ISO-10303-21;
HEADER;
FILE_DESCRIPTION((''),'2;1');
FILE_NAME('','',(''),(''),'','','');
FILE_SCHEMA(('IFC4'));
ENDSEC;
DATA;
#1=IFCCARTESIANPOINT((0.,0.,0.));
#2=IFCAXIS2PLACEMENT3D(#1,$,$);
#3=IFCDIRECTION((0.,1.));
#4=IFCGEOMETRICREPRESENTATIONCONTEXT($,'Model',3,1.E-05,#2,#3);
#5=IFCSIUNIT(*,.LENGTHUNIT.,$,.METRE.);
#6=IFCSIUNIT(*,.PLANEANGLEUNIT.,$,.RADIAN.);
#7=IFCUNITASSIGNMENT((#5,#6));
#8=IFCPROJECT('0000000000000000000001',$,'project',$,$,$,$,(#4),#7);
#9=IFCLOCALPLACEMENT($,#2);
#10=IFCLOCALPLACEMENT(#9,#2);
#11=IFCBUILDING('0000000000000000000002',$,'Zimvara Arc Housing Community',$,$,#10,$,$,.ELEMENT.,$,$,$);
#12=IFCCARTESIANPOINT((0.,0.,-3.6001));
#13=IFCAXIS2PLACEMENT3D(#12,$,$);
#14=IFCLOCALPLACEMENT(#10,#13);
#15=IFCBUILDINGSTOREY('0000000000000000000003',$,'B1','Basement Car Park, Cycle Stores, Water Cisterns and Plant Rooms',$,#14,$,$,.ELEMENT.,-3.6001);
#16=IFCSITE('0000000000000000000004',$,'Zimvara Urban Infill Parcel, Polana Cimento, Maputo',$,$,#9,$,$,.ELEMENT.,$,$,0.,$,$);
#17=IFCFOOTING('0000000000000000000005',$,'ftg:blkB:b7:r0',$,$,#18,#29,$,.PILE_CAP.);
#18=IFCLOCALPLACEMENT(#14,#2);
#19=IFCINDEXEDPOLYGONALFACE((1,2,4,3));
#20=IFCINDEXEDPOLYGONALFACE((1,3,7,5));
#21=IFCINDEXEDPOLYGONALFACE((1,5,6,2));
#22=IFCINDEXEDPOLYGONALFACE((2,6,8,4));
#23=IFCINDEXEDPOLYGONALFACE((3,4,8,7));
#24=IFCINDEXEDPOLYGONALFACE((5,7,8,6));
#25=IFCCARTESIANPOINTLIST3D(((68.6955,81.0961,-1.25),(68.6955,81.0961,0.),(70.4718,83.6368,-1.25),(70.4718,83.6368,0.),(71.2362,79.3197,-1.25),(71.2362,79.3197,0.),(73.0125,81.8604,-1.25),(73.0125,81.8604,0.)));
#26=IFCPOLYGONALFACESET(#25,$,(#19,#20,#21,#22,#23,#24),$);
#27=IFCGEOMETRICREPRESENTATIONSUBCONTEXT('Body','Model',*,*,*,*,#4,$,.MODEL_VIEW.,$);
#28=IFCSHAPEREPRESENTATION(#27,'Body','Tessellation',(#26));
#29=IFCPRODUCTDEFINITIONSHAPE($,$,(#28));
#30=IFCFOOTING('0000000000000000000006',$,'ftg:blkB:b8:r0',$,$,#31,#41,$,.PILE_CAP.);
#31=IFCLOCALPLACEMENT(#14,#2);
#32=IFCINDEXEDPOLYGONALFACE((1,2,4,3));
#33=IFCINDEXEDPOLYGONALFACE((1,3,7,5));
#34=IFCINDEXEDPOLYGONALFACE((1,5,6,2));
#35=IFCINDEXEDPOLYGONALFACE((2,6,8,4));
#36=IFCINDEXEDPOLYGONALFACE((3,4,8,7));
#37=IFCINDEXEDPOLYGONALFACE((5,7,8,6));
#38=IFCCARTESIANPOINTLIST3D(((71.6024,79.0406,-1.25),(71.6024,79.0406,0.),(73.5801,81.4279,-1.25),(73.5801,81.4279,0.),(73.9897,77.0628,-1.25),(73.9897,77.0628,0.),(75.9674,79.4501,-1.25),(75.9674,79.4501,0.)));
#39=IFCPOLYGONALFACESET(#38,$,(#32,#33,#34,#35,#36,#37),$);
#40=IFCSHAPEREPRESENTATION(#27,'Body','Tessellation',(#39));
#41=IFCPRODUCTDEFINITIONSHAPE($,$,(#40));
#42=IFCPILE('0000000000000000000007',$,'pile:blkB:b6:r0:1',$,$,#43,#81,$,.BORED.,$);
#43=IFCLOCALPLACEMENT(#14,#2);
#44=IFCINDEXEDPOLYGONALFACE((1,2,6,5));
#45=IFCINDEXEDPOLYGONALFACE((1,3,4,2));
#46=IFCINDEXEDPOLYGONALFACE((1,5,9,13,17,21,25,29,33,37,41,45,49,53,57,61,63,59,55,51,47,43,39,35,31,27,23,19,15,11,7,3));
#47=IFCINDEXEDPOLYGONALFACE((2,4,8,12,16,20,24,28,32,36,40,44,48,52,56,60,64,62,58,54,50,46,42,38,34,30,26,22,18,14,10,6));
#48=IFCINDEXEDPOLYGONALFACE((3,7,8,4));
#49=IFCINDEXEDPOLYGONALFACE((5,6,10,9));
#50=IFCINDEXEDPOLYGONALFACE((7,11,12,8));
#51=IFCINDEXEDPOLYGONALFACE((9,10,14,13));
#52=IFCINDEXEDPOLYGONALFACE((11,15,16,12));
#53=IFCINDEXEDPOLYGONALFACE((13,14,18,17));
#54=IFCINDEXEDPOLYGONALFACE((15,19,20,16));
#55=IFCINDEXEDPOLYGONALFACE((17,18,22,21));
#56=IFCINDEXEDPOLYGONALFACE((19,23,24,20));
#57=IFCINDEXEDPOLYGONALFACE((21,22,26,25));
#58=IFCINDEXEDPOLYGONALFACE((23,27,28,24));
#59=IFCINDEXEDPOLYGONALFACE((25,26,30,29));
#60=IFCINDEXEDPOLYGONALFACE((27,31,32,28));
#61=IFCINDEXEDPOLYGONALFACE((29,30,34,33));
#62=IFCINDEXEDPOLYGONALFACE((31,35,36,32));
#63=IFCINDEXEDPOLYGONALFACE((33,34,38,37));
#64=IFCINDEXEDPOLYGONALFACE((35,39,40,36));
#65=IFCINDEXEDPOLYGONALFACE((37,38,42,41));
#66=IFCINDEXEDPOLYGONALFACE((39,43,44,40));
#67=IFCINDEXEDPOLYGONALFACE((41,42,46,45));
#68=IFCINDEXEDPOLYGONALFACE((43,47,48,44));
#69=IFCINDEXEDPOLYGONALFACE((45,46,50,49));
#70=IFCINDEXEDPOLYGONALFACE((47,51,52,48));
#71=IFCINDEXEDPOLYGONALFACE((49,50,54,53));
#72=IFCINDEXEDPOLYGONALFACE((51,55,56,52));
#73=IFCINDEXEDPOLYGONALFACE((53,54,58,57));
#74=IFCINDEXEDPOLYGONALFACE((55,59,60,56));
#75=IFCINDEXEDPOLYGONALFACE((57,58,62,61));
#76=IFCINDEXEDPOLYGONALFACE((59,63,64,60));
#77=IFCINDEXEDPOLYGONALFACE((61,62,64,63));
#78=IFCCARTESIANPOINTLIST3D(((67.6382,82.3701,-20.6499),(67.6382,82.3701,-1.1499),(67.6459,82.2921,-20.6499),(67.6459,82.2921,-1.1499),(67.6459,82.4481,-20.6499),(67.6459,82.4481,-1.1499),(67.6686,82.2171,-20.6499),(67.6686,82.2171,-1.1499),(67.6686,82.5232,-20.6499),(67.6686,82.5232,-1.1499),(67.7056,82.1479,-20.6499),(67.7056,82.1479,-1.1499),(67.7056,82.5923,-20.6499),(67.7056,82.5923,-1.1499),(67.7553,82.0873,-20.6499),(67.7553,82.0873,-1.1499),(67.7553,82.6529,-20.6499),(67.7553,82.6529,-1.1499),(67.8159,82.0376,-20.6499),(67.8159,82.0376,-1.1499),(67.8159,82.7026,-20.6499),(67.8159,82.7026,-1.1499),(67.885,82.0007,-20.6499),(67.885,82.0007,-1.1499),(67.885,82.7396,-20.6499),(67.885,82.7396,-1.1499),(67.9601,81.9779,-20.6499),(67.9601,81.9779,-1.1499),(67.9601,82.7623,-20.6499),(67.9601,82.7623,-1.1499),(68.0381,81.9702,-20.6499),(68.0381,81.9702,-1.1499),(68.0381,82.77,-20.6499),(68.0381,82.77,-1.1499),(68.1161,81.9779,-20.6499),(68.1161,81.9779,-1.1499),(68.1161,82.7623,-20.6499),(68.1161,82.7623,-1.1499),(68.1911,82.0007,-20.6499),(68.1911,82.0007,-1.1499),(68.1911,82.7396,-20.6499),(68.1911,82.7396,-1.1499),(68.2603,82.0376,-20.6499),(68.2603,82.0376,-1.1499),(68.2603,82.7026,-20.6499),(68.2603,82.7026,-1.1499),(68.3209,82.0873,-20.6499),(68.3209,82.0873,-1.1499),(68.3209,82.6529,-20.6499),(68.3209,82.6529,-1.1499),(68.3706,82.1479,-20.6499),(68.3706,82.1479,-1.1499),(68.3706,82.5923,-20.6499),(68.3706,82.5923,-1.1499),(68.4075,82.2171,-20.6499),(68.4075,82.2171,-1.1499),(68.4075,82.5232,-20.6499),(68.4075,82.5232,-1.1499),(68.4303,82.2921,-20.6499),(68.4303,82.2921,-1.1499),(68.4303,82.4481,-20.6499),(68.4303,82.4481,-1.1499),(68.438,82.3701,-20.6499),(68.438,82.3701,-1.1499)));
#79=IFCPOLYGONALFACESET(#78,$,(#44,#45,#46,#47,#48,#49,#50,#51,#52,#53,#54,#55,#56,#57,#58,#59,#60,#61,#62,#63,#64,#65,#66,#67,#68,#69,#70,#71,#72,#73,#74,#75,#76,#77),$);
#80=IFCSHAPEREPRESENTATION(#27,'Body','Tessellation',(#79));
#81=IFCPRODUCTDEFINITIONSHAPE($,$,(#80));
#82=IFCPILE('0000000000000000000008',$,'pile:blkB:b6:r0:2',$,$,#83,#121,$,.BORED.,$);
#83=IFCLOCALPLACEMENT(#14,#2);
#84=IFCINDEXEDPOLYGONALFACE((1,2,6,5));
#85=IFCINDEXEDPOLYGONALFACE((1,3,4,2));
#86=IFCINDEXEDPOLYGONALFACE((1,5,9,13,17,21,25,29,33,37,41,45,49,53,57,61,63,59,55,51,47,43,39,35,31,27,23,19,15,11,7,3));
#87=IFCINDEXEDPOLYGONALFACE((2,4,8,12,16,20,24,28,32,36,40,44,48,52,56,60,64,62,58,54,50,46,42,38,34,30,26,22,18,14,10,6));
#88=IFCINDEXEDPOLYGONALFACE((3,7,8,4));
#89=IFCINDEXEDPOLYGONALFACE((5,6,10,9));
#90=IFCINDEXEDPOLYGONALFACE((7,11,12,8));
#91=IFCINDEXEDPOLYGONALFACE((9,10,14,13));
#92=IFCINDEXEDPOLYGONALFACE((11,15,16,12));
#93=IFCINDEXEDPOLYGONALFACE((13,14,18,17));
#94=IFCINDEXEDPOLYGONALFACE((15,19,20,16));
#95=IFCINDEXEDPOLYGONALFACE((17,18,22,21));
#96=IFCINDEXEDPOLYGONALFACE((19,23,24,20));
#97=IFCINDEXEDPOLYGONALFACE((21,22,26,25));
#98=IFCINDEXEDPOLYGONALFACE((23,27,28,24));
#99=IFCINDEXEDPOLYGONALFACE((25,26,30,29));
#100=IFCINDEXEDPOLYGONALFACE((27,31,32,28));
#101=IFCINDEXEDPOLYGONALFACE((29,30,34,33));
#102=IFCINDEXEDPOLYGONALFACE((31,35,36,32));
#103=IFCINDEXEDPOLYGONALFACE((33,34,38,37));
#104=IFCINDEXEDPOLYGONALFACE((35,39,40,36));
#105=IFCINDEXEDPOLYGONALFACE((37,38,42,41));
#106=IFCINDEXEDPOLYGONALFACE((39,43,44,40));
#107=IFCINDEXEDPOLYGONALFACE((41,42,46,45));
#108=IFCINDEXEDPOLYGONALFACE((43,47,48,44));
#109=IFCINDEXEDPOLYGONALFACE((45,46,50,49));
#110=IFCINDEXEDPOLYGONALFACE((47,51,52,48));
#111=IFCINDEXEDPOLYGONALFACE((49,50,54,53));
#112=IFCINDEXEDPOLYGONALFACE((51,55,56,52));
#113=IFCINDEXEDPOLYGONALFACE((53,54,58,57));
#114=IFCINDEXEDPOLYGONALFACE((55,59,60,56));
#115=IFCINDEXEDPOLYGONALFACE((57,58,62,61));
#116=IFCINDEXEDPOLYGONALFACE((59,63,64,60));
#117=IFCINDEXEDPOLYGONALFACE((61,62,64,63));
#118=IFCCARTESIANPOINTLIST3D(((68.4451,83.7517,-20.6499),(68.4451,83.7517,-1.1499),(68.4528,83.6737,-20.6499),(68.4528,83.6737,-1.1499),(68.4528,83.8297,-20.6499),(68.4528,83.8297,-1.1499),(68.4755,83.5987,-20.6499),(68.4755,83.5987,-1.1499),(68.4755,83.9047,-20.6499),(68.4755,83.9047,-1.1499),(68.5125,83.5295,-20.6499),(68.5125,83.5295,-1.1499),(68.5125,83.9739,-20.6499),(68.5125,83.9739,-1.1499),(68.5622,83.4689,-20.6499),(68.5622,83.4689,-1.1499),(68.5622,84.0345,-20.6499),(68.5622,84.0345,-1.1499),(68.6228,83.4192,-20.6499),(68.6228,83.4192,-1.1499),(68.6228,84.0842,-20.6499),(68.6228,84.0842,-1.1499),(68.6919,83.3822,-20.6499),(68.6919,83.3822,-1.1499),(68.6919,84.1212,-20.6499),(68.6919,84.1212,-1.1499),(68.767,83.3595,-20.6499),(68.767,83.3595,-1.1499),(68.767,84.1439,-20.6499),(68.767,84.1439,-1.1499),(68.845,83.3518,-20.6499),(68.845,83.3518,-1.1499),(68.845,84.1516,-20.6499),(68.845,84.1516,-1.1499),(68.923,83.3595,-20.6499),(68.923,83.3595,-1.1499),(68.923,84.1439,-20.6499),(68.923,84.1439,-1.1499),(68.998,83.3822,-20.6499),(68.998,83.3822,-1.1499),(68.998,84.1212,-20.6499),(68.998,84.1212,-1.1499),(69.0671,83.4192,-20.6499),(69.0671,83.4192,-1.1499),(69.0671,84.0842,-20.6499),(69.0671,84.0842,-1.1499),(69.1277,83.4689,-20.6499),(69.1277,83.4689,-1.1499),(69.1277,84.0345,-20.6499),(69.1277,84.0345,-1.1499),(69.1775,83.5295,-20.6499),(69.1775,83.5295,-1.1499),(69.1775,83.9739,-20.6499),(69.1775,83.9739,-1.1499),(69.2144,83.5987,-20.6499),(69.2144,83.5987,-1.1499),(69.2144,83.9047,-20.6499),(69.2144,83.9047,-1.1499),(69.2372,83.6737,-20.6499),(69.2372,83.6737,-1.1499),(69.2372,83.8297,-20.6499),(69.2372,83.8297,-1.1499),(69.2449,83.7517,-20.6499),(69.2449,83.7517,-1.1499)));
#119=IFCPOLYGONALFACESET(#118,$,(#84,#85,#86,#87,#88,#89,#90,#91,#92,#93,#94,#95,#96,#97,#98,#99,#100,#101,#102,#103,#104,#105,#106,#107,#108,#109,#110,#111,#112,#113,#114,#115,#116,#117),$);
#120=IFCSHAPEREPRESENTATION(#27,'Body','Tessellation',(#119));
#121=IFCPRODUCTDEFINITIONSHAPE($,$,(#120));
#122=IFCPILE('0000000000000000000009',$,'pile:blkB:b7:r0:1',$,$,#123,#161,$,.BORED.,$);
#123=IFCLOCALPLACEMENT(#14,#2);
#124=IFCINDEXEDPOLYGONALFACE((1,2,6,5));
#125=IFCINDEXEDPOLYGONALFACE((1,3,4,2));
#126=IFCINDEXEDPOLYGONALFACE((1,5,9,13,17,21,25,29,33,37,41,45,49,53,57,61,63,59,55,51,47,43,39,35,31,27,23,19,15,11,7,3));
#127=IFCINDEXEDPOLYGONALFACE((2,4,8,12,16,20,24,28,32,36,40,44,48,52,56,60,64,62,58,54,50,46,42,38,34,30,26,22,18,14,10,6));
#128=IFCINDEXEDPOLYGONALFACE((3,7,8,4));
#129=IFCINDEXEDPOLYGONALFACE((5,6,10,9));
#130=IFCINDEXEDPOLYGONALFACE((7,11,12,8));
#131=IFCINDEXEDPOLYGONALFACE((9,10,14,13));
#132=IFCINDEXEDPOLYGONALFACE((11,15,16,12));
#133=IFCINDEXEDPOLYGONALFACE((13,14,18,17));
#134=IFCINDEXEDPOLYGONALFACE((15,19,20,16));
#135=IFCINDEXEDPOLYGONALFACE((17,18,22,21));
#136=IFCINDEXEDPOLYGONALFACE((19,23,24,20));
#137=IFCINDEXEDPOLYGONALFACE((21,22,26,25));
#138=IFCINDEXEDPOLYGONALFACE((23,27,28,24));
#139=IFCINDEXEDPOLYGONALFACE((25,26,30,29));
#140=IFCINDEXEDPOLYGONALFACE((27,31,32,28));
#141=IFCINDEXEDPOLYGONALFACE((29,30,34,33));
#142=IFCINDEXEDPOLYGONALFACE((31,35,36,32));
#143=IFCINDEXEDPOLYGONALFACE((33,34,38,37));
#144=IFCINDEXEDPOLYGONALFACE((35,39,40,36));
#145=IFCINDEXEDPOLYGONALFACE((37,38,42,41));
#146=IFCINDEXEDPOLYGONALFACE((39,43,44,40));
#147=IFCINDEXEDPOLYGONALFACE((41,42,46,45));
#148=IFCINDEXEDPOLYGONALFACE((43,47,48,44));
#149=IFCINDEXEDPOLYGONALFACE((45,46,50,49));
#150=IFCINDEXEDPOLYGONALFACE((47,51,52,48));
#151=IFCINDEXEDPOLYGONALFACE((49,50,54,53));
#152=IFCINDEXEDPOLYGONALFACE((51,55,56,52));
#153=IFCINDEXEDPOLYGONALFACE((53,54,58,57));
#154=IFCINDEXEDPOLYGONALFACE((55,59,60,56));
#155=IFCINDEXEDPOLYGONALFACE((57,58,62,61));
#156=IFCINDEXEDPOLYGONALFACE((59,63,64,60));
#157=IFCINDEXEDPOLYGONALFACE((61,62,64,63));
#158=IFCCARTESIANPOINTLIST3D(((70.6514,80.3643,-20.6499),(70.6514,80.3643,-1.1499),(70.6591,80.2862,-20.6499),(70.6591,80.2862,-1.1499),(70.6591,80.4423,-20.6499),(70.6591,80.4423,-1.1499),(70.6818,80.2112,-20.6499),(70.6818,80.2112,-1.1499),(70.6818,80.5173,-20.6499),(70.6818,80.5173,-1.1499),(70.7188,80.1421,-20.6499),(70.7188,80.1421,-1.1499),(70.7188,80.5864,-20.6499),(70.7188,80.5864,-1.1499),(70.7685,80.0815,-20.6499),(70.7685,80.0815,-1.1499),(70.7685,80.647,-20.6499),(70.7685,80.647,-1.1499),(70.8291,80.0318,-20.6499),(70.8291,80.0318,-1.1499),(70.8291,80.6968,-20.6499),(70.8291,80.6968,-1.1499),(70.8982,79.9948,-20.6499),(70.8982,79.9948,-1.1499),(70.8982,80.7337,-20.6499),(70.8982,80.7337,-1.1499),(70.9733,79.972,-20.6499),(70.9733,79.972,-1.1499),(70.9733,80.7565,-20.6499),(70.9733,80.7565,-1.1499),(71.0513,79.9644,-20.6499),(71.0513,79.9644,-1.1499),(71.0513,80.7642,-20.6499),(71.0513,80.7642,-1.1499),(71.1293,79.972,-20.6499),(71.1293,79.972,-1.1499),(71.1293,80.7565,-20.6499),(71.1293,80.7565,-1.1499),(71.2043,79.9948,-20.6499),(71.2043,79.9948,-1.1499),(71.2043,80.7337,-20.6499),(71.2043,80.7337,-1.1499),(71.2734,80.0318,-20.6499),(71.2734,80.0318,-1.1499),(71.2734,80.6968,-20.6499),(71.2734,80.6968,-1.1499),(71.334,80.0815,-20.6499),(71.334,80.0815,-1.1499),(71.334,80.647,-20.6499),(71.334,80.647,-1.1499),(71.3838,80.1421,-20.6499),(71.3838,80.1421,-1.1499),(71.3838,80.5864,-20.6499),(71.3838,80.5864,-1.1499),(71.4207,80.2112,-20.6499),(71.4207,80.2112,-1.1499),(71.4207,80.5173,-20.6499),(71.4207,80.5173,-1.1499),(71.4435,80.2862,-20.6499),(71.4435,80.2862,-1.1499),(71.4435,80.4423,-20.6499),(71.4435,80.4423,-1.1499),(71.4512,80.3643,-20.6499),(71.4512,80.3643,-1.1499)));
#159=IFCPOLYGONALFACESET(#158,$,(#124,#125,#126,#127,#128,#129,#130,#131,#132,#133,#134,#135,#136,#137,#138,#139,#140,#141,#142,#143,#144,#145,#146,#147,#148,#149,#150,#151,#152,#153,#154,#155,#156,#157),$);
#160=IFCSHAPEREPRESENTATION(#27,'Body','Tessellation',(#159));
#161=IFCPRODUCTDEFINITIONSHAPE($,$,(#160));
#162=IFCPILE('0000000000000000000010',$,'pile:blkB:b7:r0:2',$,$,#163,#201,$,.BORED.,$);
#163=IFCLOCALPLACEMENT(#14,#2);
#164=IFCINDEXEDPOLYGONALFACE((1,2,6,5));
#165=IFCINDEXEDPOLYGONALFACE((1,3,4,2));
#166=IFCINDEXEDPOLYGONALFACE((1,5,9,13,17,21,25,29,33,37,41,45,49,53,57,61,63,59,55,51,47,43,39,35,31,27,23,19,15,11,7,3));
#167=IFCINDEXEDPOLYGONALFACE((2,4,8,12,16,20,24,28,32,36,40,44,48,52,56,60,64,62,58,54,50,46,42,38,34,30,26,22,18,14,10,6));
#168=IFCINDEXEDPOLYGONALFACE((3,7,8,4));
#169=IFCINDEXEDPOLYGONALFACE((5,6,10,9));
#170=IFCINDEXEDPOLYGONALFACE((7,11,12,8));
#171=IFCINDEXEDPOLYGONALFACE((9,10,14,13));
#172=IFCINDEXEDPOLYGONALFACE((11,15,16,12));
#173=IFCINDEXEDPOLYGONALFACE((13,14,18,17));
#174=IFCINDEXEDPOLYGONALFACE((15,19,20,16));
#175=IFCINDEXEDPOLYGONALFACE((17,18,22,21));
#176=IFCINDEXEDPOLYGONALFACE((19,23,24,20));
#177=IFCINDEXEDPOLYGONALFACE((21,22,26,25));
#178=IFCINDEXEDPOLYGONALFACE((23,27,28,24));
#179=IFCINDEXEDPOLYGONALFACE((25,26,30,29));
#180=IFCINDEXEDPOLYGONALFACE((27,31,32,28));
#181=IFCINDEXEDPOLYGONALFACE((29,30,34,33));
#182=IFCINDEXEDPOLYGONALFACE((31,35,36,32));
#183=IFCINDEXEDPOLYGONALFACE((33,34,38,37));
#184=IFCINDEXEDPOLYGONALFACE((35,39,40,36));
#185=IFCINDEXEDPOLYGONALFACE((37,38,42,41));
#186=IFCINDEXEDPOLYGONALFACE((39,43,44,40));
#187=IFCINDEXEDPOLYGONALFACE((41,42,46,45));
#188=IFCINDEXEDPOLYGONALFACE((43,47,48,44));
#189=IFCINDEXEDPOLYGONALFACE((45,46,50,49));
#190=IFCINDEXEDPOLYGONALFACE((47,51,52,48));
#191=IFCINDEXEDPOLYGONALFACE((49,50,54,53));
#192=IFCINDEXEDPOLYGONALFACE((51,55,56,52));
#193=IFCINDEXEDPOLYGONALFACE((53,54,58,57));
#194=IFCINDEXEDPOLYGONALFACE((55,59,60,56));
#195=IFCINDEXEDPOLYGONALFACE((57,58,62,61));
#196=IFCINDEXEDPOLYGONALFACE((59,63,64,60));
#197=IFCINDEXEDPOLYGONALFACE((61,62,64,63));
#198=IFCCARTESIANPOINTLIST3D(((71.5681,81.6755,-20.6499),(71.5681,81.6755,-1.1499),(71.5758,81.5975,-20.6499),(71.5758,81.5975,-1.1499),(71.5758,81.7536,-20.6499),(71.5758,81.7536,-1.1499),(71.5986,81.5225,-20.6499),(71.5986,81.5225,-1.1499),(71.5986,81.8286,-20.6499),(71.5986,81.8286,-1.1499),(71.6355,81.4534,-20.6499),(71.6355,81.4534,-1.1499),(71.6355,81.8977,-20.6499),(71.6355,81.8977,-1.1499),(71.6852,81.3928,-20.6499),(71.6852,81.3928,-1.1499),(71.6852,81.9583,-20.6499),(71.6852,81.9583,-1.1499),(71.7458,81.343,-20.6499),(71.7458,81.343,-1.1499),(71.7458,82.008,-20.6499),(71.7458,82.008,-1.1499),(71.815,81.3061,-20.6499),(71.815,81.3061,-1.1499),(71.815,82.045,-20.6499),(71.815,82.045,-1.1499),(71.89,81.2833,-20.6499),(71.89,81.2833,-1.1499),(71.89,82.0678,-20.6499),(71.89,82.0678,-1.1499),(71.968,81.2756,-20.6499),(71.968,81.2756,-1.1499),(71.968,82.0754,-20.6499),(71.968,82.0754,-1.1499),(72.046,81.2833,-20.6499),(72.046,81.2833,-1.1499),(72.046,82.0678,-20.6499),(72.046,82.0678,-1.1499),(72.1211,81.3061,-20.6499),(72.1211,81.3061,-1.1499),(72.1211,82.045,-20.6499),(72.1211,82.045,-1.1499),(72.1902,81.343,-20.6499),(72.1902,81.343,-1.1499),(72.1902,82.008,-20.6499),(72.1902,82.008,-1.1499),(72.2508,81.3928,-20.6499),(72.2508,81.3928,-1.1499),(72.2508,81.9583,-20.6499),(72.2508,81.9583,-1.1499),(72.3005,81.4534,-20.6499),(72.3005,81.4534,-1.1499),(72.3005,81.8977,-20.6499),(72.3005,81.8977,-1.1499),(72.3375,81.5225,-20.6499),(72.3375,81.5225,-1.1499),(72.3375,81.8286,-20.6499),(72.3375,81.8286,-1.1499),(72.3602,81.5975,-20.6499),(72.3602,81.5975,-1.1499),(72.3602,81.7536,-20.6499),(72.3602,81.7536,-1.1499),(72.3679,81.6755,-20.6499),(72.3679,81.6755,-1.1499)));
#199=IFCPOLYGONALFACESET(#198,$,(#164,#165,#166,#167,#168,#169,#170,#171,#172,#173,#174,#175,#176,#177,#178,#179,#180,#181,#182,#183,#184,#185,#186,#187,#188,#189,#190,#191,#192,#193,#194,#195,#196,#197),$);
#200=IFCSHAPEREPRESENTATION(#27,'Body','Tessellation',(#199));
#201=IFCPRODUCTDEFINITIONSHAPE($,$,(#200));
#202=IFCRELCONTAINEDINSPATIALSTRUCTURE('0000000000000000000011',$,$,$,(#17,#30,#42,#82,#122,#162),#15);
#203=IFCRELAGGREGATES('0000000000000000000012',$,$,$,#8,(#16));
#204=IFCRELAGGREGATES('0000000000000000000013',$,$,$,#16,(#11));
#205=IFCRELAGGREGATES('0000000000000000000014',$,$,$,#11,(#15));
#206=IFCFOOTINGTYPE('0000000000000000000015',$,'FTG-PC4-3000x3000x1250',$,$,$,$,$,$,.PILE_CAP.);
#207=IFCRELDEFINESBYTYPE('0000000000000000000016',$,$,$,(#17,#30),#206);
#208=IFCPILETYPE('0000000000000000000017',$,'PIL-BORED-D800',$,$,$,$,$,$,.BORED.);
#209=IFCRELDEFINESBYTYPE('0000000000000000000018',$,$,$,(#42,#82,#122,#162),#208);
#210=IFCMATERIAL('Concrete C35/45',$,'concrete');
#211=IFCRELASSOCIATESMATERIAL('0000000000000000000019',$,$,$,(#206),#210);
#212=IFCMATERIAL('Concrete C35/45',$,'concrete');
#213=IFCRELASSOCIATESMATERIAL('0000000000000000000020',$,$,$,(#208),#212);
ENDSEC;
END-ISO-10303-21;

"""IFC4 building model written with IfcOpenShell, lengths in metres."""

from ifc_helpers import new_model, si_unit, direction, frame, origin, origin_2d, place, context, subcontext, project, spatial, rectangle, circle, extrude, material, material_profile, profile_set, type_object, element, save


model = new_model("IFC4")

# Units and contexts
model_context = context("Model", 3, precision=1e-05, world=origin(), true_north=direction((0.0, 1.0)))
body_context = subcontext(model_context, "Body", "Model", "MODEL_VIEW")
ifc_project = project(units=[si_unit("LENGTHUNIT", "METRE"), si_unit("PLANEANGLEUNIT", "RADIAN")], contexts=[model_context])

# Site, building, storey
site_placement = place(None, origin())
site = spatial("IfcSite", under=ifc_project, at=site_placement, Name="Zimvara Urban Infill Parcel, Polana Cimento, Maputo", CompositionType="ELEMENT", RefElevation=0.0)
building_placement = place(site_placement, origin())
building = spatial("IfcBuilding", under=site, at=building_placement, Name="Zimvara Arc Housing Community", CompositionType="ELEMENT")
storey_placement = place(building_placement, frame((0.0, 0.0, -3.6001)))
storey = spatial("IfcBuildingStorey", under=building, at=storey_placement, Name="B1", Description="Basement Car Park, Cycle Stores, Water Cisterns and Plant Rooms", CompositionType="ELEMENT", Elevation=-3.6001)

# Footings
ifc_material_1 = material(Name="Concrete C35/45", Category="concrete")
footing_type = type_object("IfcFootingType", Name="FTG-PC4-3000x3000x1250", PredefinedType="PILE_CAP", material=ifc_material_1)
for number, where, z_axis, x_axis, name in (
    (1, (70.854, 81.4783, -1.25), (0.0, 0.0, 1.0), (0.573004, 0.819552, 0.0), "ftg:blkB:b7:r0"),
    (2, (73.7849, 79.2454, -1.25), (0.0, 0.0, 1.0), (0.637962, 0.770068, 0.0), "ftg:blkB:b8:r0"),
):
    element("IfcFooting", number, at=place(storey_placement, frame(where, z_axis=z_axis, x_axis=x_axis)), inside=storey, type_object=footing_type, Name=name, PredefinedType="PILE_CAP", context=body_context, shape_type="SweptSolid", body=[
        extrude(rectangle(XDim=3.1001, YDim=3.1001, at=origin_2d()), origin(), (0.0, 0.0, 1.0), 1.25),
    ])

# Piles
ifc_material_2 = material(Name="Concrete C35/45", Category="concrete")
ifc_material_profile_1 = material_profile(ifc_material_2, circle(Radius=0.3999, at=origin_2d()), Name="PILE D800")
ifc_profile_set_1 = profile_set([ifc_material_profile_1], Name="Concrete C35/45")
pile_type = type_object("IfcPileType", Name="PIL-BORED-D800", PredefinedType="BORED", material=ifc_profile_set_1)
for number, where, z_axis, x_axis, name in (
    (3, (68.0381, 82.3701, -1.1499), (0.0, 0.0, -1.0), (1.0, 0.0, 0.0), "pile:blkB:b6:r0:1"),
    (4, (68.845, 83.7517, -1.1499), (0.0, 0.0, -1.0), (1.0, 0.0, 0.0), "pile:blkB:b6:r0:2"),
    (5, (71.0513, 80.3643, -1.1499), (0.0, 0.0, -1.0), (1.0, 0.0, 0.0), "pile:blkB:b7:r0:1"),
    (6, (71.968, 81.6755, -1.1499), (0.0, 0.0, -1.0), (1.0, 0.0, 0.0), "pile:blkB:b7:r0:2"),
):
    element("IfcPile", number, at=place(storey_placement, frame(where, z_axis=z_axis, x_axis=x_axis)), inside=storey, type_object=pile_type, Name=name, PredefinedType="BORED", context=body_context, shape_type="SweptSolid", body=[
        extrude(circle(Radius=0.3999, at=origin_2d()), origin(), (0.0, 0.0, 1.0), 19.5),
    ])

save(model, "model.ifc")
